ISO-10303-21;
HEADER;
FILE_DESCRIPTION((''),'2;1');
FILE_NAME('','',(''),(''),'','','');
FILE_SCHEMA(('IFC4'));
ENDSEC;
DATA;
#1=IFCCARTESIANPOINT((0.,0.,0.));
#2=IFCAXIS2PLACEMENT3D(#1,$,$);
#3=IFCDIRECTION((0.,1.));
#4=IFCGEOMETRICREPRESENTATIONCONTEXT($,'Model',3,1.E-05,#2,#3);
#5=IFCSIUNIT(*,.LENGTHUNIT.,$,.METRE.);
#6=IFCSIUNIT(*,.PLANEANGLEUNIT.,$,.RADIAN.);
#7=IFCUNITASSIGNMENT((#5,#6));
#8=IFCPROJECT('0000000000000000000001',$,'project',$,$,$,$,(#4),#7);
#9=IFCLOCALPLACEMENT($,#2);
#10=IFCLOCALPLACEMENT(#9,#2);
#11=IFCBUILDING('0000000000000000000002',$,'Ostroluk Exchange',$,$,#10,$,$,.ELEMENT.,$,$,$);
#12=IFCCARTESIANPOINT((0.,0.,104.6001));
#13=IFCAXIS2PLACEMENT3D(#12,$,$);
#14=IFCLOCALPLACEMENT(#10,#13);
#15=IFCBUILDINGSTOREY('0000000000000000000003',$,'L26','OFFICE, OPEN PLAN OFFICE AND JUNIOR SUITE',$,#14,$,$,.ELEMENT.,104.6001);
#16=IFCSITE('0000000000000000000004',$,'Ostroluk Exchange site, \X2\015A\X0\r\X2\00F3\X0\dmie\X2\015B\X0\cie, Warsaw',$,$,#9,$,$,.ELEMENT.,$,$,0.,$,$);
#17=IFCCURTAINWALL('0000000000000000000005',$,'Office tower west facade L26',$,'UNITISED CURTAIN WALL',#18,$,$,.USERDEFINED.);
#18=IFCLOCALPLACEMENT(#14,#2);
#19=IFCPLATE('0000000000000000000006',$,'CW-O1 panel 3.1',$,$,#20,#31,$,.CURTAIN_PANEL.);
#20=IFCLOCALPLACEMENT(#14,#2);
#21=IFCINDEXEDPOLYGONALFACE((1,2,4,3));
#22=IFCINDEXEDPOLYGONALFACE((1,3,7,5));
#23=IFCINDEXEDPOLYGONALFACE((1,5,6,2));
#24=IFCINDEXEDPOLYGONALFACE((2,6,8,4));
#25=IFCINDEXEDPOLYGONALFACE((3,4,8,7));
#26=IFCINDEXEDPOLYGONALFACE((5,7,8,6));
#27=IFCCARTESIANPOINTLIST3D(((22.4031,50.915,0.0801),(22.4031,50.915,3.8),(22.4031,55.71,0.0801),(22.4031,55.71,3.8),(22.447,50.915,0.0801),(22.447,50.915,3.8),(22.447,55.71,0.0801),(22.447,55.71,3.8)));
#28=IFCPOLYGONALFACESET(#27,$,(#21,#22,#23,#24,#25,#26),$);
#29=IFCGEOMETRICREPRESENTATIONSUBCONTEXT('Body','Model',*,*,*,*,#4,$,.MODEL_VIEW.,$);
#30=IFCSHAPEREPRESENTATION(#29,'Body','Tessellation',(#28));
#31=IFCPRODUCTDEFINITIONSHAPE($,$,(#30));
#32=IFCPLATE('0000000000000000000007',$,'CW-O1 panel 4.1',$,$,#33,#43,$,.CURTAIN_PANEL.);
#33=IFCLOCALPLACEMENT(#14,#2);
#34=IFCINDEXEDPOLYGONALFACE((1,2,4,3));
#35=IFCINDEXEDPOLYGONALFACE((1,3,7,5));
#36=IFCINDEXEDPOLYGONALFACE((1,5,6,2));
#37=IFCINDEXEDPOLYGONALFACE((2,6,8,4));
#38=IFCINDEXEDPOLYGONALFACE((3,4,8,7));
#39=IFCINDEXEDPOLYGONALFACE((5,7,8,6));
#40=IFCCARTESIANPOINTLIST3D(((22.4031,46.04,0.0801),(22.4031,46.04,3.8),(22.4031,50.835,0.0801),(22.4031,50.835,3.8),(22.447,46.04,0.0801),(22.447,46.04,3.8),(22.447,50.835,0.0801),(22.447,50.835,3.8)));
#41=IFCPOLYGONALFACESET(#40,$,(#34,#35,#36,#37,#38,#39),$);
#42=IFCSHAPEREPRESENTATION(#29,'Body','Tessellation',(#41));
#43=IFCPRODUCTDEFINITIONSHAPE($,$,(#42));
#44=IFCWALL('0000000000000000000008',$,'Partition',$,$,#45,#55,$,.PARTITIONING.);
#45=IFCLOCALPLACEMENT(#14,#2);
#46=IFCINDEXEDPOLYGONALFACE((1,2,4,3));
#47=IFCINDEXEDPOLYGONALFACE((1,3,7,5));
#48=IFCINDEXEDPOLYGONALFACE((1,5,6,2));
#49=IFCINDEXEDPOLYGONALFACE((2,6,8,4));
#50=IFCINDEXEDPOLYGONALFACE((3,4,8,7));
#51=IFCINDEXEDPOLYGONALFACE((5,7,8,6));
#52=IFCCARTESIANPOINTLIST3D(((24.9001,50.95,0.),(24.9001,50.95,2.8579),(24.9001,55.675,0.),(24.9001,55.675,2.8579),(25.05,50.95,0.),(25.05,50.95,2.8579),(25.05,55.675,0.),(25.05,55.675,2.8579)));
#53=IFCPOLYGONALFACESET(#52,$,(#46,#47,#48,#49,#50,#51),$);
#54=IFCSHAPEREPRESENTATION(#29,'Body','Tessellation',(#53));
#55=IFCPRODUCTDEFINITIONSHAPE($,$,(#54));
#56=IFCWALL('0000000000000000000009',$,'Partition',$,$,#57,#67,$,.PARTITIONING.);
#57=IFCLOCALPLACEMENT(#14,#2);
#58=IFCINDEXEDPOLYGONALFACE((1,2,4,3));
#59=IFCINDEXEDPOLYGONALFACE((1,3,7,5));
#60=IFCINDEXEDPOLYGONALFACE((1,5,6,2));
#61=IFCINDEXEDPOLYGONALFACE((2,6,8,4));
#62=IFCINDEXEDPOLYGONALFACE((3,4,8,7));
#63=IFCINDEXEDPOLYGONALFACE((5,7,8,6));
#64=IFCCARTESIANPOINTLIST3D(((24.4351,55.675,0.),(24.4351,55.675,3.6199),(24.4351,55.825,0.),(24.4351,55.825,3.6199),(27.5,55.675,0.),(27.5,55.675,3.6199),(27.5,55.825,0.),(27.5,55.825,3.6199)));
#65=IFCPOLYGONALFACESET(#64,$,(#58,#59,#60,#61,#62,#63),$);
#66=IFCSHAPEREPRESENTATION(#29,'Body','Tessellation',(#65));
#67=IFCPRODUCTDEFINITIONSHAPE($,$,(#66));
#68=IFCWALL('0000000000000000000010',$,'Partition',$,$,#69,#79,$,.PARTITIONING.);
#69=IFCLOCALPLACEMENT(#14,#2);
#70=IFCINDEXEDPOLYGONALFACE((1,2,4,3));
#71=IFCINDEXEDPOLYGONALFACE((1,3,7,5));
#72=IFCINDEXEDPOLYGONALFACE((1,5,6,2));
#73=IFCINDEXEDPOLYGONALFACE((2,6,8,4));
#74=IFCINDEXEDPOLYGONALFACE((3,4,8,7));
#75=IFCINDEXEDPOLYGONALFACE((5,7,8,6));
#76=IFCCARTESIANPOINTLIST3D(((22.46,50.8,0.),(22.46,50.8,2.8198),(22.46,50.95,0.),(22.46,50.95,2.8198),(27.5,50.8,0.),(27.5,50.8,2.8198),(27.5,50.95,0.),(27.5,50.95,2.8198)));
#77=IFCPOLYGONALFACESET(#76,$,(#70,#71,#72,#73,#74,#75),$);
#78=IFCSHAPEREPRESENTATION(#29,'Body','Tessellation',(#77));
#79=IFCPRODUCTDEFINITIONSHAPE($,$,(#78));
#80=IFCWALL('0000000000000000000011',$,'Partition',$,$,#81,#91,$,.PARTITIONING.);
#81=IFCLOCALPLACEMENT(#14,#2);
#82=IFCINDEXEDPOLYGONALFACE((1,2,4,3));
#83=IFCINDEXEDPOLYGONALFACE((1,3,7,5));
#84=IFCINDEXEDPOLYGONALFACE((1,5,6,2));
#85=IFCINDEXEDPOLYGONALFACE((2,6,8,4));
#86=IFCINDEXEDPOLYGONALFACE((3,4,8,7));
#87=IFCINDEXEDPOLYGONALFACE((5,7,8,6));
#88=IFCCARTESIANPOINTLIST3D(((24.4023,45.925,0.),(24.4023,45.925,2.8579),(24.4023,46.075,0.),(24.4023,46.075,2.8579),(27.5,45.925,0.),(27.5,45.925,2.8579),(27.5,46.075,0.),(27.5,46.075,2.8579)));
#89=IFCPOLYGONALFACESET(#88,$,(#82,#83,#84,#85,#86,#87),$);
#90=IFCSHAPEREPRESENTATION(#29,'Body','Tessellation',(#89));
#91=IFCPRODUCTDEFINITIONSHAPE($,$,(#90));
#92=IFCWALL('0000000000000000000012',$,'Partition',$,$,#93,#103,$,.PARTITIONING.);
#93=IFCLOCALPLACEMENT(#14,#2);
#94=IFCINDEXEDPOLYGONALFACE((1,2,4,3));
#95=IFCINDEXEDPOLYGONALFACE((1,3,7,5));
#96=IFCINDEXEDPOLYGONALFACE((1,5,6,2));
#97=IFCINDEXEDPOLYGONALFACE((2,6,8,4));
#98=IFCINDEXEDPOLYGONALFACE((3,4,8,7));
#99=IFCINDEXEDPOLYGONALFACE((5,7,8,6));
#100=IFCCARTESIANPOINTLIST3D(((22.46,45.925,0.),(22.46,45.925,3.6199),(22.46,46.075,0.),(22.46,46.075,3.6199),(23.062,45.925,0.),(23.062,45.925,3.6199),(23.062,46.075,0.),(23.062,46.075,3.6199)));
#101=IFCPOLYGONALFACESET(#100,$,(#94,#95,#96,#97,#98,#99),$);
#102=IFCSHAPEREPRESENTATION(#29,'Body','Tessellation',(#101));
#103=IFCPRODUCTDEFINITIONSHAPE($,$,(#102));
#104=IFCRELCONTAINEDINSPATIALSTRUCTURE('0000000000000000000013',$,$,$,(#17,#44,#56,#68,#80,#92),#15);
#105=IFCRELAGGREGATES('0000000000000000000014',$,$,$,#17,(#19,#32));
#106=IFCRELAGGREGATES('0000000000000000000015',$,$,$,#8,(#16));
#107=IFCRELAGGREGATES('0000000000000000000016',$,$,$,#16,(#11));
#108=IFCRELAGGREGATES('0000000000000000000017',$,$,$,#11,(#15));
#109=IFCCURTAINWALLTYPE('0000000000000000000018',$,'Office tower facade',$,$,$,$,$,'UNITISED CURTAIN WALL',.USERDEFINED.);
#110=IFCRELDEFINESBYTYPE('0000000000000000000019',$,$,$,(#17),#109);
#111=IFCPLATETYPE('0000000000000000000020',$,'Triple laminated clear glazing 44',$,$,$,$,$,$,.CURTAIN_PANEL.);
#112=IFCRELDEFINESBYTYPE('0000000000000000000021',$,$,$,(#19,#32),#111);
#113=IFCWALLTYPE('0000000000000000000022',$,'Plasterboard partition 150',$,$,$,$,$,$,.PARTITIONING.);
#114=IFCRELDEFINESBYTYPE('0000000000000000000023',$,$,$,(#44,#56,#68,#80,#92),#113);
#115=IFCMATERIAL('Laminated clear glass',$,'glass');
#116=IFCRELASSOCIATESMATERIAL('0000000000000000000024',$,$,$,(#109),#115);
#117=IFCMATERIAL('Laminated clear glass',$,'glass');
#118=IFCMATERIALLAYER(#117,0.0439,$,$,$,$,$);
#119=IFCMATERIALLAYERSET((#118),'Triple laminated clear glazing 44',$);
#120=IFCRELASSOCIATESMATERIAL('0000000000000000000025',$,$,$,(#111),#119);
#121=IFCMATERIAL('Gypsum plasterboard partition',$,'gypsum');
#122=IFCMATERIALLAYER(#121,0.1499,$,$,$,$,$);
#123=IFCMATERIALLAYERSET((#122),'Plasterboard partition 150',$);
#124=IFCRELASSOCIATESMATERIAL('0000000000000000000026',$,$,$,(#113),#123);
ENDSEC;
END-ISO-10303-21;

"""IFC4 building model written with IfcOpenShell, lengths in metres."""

from ifc_helpers import new_model, si_unit, direction, frame, frame_2d, origin, origin_2d, place, context, subcontext, project, spatial, rectangle, extrude, material, layer, layer_set, type_object, element, aggregate, save


model = new_model("IFC4")

# Units and contexts
model_context = context("Model", 3, precision=1e-05, world=origin(), true_north=direction((0.0, 1.0)))
body_context = subcontext(model_context, "Body", "Model", "MODEL_VIEW")
ifc_project = project(units=[si_unit("LENGTHUNIT", "METRE"), si_unit("PLANEANGLEUNIT", "RADIAN")], contexts=[model_context])

# Site, building, storey
site_placement = place(None, origin())
site = spatial("IfcSite", under=ifc_project, at=site_placement, Name="Ostroluk Exchange site, Śródmieście, Warsaw", CompositionType="ELEMENT", RefElevation=0.0)
building_placement = place(site_placement, origin())
building = spatial("IfcBuilding", under=site, at=building_placement, Name="Ostroluk Exchange", CompositionType="ELEMENT")
storey_placement = place(building_placement, frame((0.0, 0.0, 104.6001)))
storey = spatial("IfcBuildingStorey", under=building, at=storey_placement, Name="L26", Description="OFFICE, OPEN PLAN OFFICE AND JUNIOR SUITE", CompositionType="ELEMENT", Elevation=104.6001)

# Curtain wall, plates
ifc_material_1 = material(Name="Laminated clear glass", Category="glass")
curtain_wall_type = type_object("IfcCurtainWallType", Name="Office tower facade", ElementType="UNITISED CURTAIN WALL", PredefinedType="USERDEFINED", material=ifc_material_1)
curtain_wall_placement = place(storey_placement, origin())
curtain_wall = element("IfcCurtainWall", 1, at=curtain_wall_placement, inside=storey, type_object=curtain_wall_type, Name="Office tower west facade L26", ObjectType="UNITISED CURTAIN WALL", PredefinedType="USERDEFINED")
ifc_material_2 = material(Name="Laminated clear glass", Category="glass")
ifc_layer_1 = layer(ifc_material_2, 0.0439)
ifc_layer_set_1 = layer_set([ifc_layer_1], Name="Triple laminated clear glazing 44")
plate_type = type_object("IfcPlateType", Name="Triple laminated clear glazing 44", PredefinedType="CURTAIN_PANEL", material=ifc_layer_set_1)
plate_1_placement = place(storey_placement, frame((22.425, 53.3125, 0.0801), z_axis=(0.0, 0.0, 1.0), x_axis=(0.0, -1.0, 0.0)))
plate_1 = element("IfcPlate", 2, at=plate_1_placement, type_object=plate_type, Name="CW-O1 panel 3.1", PredefinedType="CURTAIN_PANEL", context=body_context, shape_type="SweptSolid", body=[
    extrude(rectangle(XDim=4.7949, YDim=0.0439, at=origin_2d()), origin(), (0.0, 0.0, 1.0), 3.72),
])
plate_2_placement = place(storey_placement, frame((22.425, 48.4375, 0.0801), z_axis=(0.0, 0.0, 1.0), x_axis=(0.0, -1.0, 0.0)))
plate_2 = element("IfcPlate", 3, at=plate_2_placement, type_object=plate_type, Name="CW-O1 panel 4.1", PredefinedType="CURTAIN_PANEL", context=body_context, shape_type="SweptSolid", body=[
    extrude(rectangle(XDim=4.7949, YDim=0.0439, at=origin_2d()), origin(), (0.0, 0.0, 1.0), 3.72),
])
aggregate(curtain_wall, [plate_1, plate_2])

# Walls
ifc_material_3 = material(Name="Gypsum plasterboard partition", Category="gypsum")
ifc_layer_2 = layer(ifc_material_3, 0.1499)
ifc_layer_set_2 = layer_set([ifc_layer_2], Name="Plasterboard partition 150")
wall_type = type_object("IfcWallType", Name="Plasterboard partition 150", PredefinedType="PARTITIONING", material=ifc_layer_set_2)
wall_1_placement = place(storey_placement, frame((24.9751, 55.675, 0.0), z_axis=(0.0, 0.0, 1.0), x_axis=(0.0, -1.0, 0.0)))
element("IfcWall", 4, at=wall_1_placement, inside=storey, type_object=wall_type, Name="Partition", PredefinedType="PARTITIONING", context=body_context, shape_type="SweptSolid", body=[
    extrude(rectangle(XDim=4.7251, YDim=0.1499, at=frame_2d((2.3625, 0.0))), origin(), (0.0, 0.0, 1.0), 2.8579),
])
wall_2_placement = place(storey_placement, frame((27.5, 55.75, 0.0), z_axis=(0.0, 0.0, 1.0), x_axis=(-1.0, 0.0, 0.0)))
element("IfcWall", 5, at=wall_2_placement, inside=storey, type_object=wall_type, Name="Partition", PredefinedType="PARTITIONING", context=body_context, shape_type="SweptSolid", body=[
    extrude(rectangle(XDim=3.0649, YDim=0.1499, at=frame_2d((1.5325, 0.0))), origin(), (0.0, 0.0, 1.0), 3.6199),
])
wall_3_placement = place(storey_placement, frame((27.5, 50.875, 0.0), z_axis=(0.0, 0.0, 1.0), x_axis=(-1.0, 0.0, 0.0)))
element("IfcWall", 6, at=wall_3_placement, inside=storey, type_object=wall_type, Name="Partition", PredefinedType="PARTITIONING", context=body_context, shape_type="SweptSolid", body=[
    extrude(rectangle(XDim=5.04, YDim=0.1499, at=frame_2d((2.52, 0.0))), origin(), (0.0, 0.0, 1.0), 2.8198),
])
wall_4_placement = place(storey_placement, frame((27.5, 46.0, 0.0), z_axis=(0.0, 0.0, 1.0), x_axis=(-1.0, 0.0, 0.0)))
element("IfcWall", 7, at=wall_4_placement, inside=storey, type_object=wall_type, Name="Partition", PredefinedType="PARTITIONING", context=body_context, shape_type="SweptSolid", body=[
    extrude(rectangle(XDim=3.0977, YDim=0.1499, at=frame_2d((1.5488, 0.0))), origin(), (0.0, 0.0, 1.0), 2.8579),
])
wall_5_placement = place(storey_placement, frame((23.062, 46.0, 0.0), z_axis=(0.0, 0.0, 1.0), x_axis=(-1.0, 0.0, 0.0)))
element("IfcWall", 8, at=wall_5_placement, inside=storey, type_object=wall_type, Name="Partition", PredefinedType="PARTITIONING", context=body_context, shape_type="SweptSolid", body=[
    extrude(rectangle(XDim=0.6021, YDim=0.1499, at=frame_2d((0.301, 0.0))), origin(), (0.0, 0.0, 1.0), 3.6199),
])

save(model, "model.ifc")
